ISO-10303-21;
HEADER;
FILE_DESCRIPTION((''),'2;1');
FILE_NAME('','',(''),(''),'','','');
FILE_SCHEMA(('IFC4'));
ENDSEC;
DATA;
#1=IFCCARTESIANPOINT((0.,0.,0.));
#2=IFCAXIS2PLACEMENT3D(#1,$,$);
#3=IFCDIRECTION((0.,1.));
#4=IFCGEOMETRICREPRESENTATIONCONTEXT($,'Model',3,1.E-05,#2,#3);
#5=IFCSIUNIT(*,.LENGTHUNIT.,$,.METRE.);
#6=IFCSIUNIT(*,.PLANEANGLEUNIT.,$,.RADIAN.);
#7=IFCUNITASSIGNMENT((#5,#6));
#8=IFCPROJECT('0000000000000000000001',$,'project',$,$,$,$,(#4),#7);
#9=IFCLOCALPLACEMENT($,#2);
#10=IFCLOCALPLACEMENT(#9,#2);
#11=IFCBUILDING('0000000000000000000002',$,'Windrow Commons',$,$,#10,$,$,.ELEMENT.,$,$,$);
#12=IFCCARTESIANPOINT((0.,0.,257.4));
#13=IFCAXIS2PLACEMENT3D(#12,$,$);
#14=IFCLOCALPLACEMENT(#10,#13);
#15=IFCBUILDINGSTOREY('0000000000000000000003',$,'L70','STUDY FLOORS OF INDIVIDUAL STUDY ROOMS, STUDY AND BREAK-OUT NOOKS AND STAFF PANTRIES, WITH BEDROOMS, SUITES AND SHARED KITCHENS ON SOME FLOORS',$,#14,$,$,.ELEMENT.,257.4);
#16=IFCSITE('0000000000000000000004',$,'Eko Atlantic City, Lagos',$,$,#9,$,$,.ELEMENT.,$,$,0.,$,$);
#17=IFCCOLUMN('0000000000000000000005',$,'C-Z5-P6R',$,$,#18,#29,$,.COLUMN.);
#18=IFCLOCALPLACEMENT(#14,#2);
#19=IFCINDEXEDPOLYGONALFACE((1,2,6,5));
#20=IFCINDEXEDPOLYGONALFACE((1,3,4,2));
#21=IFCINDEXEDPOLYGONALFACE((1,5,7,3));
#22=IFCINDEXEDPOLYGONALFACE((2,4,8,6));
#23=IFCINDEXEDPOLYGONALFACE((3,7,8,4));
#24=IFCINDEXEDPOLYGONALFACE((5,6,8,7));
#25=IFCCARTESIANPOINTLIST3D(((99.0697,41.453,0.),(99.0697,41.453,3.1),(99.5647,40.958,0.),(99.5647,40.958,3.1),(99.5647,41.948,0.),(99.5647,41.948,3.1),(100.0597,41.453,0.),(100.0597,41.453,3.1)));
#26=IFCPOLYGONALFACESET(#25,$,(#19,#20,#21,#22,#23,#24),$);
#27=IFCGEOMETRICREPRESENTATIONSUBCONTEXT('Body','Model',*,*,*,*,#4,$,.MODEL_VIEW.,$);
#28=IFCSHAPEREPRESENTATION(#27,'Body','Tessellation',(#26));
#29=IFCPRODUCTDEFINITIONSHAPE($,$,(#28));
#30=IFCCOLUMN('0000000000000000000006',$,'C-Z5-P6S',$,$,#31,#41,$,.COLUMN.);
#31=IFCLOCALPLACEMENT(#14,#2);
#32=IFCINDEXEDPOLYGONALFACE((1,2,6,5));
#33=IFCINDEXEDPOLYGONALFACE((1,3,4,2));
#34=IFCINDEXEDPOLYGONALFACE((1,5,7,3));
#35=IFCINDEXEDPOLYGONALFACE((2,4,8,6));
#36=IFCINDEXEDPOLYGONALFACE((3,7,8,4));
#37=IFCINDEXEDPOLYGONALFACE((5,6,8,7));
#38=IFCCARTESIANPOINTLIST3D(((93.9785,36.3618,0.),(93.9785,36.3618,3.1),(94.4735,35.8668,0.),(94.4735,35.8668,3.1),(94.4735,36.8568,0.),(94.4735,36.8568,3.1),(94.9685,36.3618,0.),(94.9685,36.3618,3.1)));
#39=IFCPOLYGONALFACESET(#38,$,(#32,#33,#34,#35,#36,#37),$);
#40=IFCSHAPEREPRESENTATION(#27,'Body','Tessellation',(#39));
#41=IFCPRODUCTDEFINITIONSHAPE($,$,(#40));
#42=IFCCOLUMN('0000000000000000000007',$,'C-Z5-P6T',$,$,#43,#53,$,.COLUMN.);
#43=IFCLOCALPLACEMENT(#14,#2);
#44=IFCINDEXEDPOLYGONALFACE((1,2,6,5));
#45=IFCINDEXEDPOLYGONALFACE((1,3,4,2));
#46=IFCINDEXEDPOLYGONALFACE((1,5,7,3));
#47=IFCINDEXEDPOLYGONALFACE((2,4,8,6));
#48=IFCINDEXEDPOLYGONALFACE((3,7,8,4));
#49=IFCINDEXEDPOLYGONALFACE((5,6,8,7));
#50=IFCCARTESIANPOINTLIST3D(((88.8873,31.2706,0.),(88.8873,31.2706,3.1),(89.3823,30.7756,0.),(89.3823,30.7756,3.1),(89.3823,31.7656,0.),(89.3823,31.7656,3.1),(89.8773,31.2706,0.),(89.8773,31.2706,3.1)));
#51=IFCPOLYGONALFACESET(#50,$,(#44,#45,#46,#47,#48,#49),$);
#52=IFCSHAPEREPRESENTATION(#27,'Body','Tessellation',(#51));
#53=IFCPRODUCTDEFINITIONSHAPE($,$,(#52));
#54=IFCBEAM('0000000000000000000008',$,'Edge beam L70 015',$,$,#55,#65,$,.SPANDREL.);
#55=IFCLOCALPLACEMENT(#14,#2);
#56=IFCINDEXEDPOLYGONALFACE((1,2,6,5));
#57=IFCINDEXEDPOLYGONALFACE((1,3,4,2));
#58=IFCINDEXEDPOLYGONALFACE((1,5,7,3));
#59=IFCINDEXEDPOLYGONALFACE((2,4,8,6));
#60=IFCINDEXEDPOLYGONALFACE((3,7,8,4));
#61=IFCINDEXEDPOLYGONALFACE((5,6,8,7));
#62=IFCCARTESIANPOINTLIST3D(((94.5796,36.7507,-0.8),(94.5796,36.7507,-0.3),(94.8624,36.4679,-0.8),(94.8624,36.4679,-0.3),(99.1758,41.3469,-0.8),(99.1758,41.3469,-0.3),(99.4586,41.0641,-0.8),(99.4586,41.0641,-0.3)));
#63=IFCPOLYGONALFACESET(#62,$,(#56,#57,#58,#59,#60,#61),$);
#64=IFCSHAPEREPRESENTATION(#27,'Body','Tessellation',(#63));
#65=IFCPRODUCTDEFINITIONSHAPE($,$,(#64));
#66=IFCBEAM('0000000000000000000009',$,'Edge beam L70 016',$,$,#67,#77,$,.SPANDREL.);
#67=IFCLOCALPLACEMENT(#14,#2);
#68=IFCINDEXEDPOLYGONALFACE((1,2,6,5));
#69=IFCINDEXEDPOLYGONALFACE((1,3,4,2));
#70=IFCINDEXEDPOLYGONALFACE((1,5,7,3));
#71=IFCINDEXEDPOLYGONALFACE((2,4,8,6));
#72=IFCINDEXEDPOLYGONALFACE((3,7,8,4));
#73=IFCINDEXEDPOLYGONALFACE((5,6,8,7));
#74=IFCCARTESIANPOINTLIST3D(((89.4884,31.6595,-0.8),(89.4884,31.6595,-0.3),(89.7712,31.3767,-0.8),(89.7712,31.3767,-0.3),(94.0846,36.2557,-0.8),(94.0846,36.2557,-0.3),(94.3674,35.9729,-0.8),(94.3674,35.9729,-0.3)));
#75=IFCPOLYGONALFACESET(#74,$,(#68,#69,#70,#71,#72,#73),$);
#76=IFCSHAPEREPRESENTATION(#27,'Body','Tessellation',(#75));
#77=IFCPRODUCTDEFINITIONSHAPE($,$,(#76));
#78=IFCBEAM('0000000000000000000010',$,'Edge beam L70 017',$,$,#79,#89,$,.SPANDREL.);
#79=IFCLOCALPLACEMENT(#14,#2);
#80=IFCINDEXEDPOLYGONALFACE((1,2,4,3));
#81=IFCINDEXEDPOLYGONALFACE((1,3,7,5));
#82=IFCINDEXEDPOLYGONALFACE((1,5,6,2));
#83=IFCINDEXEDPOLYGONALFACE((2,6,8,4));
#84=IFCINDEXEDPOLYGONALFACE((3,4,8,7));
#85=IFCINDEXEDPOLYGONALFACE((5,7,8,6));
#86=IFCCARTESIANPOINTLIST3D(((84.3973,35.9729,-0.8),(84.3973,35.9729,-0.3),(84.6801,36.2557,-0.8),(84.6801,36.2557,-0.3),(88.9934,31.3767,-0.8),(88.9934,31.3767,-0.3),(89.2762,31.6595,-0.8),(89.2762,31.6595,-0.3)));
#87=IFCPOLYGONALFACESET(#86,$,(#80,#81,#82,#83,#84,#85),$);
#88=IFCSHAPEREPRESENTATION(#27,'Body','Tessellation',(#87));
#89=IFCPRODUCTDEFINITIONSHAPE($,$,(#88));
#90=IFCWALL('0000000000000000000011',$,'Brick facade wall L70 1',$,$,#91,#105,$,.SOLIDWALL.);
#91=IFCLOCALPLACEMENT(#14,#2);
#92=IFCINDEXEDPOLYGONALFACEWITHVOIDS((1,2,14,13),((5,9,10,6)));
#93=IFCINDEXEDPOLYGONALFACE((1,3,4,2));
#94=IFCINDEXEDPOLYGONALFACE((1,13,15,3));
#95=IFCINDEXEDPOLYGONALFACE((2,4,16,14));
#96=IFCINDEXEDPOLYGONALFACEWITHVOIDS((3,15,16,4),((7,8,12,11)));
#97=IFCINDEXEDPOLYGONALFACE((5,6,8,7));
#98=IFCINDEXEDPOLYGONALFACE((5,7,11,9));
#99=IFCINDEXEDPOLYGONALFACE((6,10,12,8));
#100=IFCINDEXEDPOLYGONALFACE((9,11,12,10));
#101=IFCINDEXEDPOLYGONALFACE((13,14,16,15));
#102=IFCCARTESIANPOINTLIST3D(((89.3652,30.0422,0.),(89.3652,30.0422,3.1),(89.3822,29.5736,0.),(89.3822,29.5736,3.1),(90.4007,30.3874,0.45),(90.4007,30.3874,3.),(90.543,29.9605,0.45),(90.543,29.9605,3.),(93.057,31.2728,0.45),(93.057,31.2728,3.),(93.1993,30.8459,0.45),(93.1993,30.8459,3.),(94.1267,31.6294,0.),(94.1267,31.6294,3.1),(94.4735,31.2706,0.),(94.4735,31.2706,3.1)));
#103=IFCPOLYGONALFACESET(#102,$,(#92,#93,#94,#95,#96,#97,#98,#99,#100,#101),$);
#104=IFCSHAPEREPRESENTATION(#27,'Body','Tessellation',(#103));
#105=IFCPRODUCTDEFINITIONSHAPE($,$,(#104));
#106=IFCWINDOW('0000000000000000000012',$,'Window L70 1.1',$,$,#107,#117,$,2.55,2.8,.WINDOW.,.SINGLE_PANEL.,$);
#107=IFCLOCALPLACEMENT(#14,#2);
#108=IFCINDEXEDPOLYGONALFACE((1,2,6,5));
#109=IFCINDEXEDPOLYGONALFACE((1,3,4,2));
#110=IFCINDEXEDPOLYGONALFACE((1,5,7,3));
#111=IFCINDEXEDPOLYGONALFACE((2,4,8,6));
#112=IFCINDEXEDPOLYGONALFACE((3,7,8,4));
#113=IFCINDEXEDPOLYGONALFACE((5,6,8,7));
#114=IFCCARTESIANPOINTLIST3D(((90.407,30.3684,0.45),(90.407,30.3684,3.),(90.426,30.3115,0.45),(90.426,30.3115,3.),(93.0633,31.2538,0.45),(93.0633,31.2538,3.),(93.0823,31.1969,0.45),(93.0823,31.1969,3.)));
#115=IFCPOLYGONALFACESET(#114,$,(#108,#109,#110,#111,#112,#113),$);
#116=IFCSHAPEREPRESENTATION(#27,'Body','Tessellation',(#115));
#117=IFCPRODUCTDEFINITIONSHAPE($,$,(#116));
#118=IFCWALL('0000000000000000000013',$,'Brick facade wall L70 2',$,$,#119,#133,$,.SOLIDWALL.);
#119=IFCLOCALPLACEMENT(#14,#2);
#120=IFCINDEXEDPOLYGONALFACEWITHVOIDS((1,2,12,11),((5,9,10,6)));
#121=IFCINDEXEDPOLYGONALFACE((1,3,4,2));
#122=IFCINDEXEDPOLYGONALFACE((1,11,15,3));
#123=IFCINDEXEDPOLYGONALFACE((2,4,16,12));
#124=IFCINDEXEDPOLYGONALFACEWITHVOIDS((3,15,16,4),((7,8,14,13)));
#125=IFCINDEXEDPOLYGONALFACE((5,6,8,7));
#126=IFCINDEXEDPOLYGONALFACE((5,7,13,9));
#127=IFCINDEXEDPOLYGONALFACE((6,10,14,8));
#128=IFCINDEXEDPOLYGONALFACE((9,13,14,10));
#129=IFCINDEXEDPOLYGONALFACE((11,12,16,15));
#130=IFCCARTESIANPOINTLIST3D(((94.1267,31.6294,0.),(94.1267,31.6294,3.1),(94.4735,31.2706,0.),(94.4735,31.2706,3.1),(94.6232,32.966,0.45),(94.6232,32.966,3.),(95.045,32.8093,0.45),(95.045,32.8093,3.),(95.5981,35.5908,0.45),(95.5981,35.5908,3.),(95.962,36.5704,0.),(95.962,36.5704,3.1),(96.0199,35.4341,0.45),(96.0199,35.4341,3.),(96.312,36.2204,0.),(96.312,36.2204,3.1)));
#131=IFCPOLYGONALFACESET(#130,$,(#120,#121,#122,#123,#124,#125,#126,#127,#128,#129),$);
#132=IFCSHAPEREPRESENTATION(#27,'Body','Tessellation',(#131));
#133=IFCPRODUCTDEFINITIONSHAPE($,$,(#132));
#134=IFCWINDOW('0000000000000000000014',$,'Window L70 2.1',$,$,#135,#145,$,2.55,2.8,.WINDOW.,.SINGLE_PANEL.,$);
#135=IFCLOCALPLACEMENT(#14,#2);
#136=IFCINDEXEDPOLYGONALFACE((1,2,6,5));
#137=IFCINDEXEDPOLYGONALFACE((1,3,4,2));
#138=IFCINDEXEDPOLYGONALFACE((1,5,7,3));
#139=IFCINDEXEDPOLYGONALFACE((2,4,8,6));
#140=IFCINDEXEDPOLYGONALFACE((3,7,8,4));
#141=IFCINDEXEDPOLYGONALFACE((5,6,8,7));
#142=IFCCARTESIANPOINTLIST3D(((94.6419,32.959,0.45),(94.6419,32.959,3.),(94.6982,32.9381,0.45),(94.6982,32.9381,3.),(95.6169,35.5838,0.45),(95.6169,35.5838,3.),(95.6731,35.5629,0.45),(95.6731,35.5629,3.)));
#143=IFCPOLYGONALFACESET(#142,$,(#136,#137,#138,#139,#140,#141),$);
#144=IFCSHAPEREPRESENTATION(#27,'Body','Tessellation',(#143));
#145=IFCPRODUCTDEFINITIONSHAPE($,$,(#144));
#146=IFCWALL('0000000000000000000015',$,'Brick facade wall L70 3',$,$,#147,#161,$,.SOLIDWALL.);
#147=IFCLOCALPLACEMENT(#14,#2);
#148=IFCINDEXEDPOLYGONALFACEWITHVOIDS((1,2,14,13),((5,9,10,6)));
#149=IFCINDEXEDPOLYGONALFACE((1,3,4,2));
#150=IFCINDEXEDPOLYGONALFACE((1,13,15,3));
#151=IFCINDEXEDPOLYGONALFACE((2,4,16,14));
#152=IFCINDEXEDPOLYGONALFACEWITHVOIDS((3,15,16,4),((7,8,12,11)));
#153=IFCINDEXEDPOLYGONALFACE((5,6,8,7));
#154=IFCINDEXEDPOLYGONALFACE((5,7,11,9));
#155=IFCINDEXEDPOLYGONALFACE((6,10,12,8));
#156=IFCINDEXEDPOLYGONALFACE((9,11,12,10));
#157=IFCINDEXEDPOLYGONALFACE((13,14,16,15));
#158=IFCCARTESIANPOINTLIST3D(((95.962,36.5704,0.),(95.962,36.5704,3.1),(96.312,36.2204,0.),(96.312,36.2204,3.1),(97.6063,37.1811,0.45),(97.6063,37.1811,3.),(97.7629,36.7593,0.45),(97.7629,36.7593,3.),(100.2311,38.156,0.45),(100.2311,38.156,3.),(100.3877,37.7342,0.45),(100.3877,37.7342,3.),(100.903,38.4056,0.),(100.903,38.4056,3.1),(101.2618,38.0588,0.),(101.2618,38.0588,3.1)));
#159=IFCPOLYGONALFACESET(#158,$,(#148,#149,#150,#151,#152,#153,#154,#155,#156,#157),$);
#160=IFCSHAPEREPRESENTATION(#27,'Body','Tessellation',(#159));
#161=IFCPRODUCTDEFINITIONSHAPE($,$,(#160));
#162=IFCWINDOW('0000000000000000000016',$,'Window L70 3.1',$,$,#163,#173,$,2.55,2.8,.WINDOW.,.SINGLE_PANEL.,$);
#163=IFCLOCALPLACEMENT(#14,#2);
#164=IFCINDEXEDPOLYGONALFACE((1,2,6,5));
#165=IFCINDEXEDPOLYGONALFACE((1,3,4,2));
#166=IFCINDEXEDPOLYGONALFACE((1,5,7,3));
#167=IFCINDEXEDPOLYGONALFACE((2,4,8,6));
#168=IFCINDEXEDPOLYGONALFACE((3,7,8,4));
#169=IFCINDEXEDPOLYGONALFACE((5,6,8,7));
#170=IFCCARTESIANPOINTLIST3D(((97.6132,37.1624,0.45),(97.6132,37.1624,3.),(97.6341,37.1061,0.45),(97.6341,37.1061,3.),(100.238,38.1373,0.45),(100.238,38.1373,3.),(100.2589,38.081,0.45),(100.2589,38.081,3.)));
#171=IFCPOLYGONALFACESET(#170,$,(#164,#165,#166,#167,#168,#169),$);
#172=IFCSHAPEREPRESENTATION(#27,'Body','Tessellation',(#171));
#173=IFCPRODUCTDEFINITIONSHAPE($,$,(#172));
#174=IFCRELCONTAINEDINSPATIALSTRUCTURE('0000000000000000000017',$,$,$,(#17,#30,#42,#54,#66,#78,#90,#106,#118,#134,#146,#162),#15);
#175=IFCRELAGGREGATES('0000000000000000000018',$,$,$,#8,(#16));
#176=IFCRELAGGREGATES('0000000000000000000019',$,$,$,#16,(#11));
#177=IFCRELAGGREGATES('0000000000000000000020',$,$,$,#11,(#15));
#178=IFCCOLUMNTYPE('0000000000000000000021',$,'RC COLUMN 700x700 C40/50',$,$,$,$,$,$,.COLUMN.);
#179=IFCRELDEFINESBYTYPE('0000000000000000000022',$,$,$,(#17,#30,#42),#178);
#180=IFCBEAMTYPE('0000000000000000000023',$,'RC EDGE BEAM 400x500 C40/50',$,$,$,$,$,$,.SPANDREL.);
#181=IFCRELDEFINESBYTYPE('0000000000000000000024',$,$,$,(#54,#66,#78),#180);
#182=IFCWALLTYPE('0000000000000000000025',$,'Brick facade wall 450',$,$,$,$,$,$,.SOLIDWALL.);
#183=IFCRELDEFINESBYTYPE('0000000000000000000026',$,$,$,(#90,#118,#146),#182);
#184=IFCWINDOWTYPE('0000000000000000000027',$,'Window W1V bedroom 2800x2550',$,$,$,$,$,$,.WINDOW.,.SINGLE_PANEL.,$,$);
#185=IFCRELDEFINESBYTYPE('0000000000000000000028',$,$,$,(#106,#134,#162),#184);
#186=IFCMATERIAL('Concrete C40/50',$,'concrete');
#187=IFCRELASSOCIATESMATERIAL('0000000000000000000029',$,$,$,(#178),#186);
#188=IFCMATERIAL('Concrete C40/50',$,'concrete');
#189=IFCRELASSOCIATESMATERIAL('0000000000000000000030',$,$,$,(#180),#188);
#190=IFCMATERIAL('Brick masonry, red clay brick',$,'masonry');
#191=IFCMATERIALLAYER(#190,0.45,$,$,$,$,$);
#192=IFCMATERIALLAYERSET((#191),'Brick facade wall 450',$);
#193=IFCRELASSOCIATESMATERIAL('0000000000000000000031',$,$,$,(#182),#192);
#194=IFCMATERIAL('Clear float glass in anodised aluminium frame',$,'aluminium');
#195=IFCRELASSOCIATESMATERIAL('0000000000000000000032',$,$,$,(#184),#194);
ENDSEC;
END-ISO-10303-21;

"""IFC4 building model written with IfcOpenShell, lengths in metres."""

from ifc_helpers import new_model, si_unit, direction, frame, frame_2d, origin, origin_2d, place, context, subcontext, project, spatial, polyline, rectangle, outline, extrude, material, layer, layer_set, material_profile, profile_set, type_object, element, fill, save


model = new_model("IFC4")

# Units and contexts
model_context = context("Model", 3, precision=1e-05, world=origin(), true_north=direction((0.0, 1.0)))
body_context = subcontext(model_context, "Body", "Model", "MODEL_VIEW")
ifc_project = project(units=[si_unit("LENGTHUNIT", "METRE"), si_unit("PLANEANGLEUNIT", "RADIAN")], contexts=[model_context])

# Site, building, storey
site_placement = place(None, origin())
site = spatial("IfcSite", under=ifc_project, at=site_placement, Name="Eko Atlantic City, Lagos", CompositionType="ELEMENT", RefElevation=0.0)
building_placement = place(site_placement, origin())
building = spatial("IfcBuilding", under=site, at=building_placement, Name="Windrow Commons", CompositionType="ELEMENT")
storey_placement = place(building_placement, frame((0.0, 0.0, 257.4)))
storey = spatial("IfcBuildingStorey", under=building, at=storey_placement, Name="L70", Description="STUDY FLOORS OF INDIVIDUAL STUDY ROOMS, STUDY AND BREAK-OUT NOOKS AND STAFF PANTRIES, WITH BEDROOMS, SUITES AND SHARED KITCHENS ON SOME FLOORS", CompositionType="ELEMENT", Elevation=257.4)

# Columns
ifc_material_1 = material(Name="Concrete C40/50", Category="concrete")
ifc_material_profile_1 = material_profile(ifc_material_1, rectangle(XDim=0.7, YDim=0.7, at=origin_2d()))
ifc_profile_set_1 = profile_set([ifc_material_profile_1], Name="Concrete C40/50")
column_type = type_object("IfcColumnType", Name="RC COLUMN 700x700 C40/50", PredefinedType="COLUMN", material=ifc_profile_set_1)
for number, where, z_axis, x_axis, name in (
    (1, (99.5647, 41.453, 0.0), (0.0, 0.0, 1.0), (0.707107, -0.707107, 0.0), "C-Z5-P6R"),
    (2, (94.4735, 36.3618, 0.0), (0.0, 0.0, 1.0), (0.707107, -0.707107, 0.0), "C-Z5-P6S"),
    (3, (89.3823, 31.2706, 0.0), (0.0, 0.0, 1.0), (0.707107, -0.707107, 0.0), "C-Z5-P6T"),
):
    element("IfcColumn", number, at=place(storey_placement, frame(where, z_axis=z_axis, x_axis=x_axis)), inside=storey, type_object=column_type, Name=name, PredefinedType="COLUMN", context=body_context, shape_type="SweptSolid", body=[
        extrude(rectangle(XDim=0.7, YDim=0.7, at=origin_2d()), origin(), (0.0, 0.0, 1.0), 3.1),
    ])

# Beams
ifc_material_2 = material(Name="Concrete C40/50", Category="concrete")
ifc_material_profile_2 = material_profile(ifc_material_2, rectangle(XDim=0.4, YDim=0.5, at=origin_2d()))
ifc_profile_set_2 = profile_set([ifc_material_profile_2], Name="Concrete C40/50")
beam_type = type_object("IfcBeamType", Name="RC EDGE BEAM 400x500 C40/50", PredefinedType="SPANDREL", material=ifc_profile_set_2)
for number, where, z_axis, x_axis, name in (
    (4, (99.3172, 41.2055, -0.55), (-0.707107, -0.707107, 0.0), (0.707107, -0.707107, 0.0), "Edge beam L70 015"),
    (5, (94.226, 36.1143, -0.55), (-0.707107, -0.707107, 0.0), (0.707107, -0.707107, 0.0), "Edge beam L70 016"),
):
    element("IfcBeam", number, at=place(storey_placement, frame(where, z_axis=z_axis, x_axis=x_axis)), inside=storey, type_object=beam_type, Name=name, PredefinedType="SPANDREL", context=body_context, shape_type="SweptSolid", body=[
        extrude(rectangle(XDim=0.4, YDim=0.5, at=origin_2d()), origin(), (0.0, 0.0, 1.0), 6.5),
    ])
beam_placement = place(storey_placement, frame((89.1348, 31.5181, -0.55), z_axis=(-0.707099, 0.707114, 0.0), x_axis=(-0.707114, -0.707099, 0.0)))
element("IfcBeam", 6, at=beam_placement, inside=storey, type_object=beam_type, Name="Edge beam L70 017", PredefinedType="SPANDREL", context=body_context, shape_type="SweptSolid", body=[
    extrude(rectangle(XDim=0.4, YDim=0.5, at=origin_2d()), origin(), (0.0, 0.0, 1.0), 6.4999),
])

# Walls, openings, windows
ifc_material_3 = material(Name="Brick masonry, red clay brick", Category="masonry")
ifc_layer_1 = layer(ifc_material_3, 0.45)
ifc_layer_set_1 = layer_set([ifc_layer_1], Name="Brick facade wall 450")
wall_type_1 = type_object("IfcWallType", Name="Brick facade wall 450", PredefinedType="SOLIDWALL", material=ifc_layer_set_1)
wall_1_placement = place(storey_placement, frame((89.3737, 29.8079, 0.0), z_axis=(0.0, 0.0, 1.0), x_axis=(0.948685, 0.316222, 0.0)))
wall_1 = element("IfcWall", 7, at=wall_1_placement, inside=storey, type_object=wall_type_1, Name="Brick facade wall L70 1", PredefinedType="SOLIDWALL", context=body_context, shape_type="SweptSolid", body=[
    extrude(outline(polyline([(-0.066, -0.225), (5.3006, -0.225), (5.0851, 0.225), (0.066, 0.225), (-0.066, -0.225)])), origin(), (0.0, 0.0, 1.0), 3.1),
])
opening_1_placement = place(wall_1_placement, frame((1.1575, 0.0, 0.45)))
opening_1 = element("IfcOpeningElement", 8, at=opening_1_placement, cuts=wall_1, PredefinedType="OPENING", context=body_context, shape_type="SweptSolid", body=[
    extrude(rectangle(XDim=2.8, YDim=2.55, at=frame_2d((1.4, 1.275))), frame((0.0, 0.235, 0.0), z_axis=(0.0, -1.0, 0.0), x_axis=(1.0, 0.0, 0.0)), (0.0, 0.0, 1.0), 0.47),
])
ifc_material_4 = material(Name="Clear float glass in anodised aluminium frame", Category="aluminium")
window_type_1 = type_object("IfcWindowType", Name="Window W1V bedroom 2800x2550", PartitioningType="SINGLE_PANEL", PredefinedType="WINDOW", material=ifc_material_4)
window_1_placement = place(opening_1_placement, origin())
window_1 = element("IfcWindow", 9, at=window_1_placement, inside=storey, type_object=window_type_1, Name="Window L70 1.1", OverallHeight=2.55, OverallWidth=2.8, PartitioningType="SINGLE_PANEL", PredefinedType="WINDOW", context=body_context, shape_type="SweptSolid", body=[
    extrude(rectangle(XDim=2.8, YDim=2.55, at=frame_2d((1.4, 1.275))), frame((0.0, 0.205, 0.0), z_axis=(0.0, -1.0, 0.0), x_axis=(1.0, 0.0, 0.0)), (0.0, 0.0, 1.0), 0.06),
])
fill(opening_1, window_1)
wall_2_placement = place(storey_placement, frame((94.3001, 31.45, 0.0), z_axis=(0.0, 0.0, 1.0), x_axis=(0.348193, 0.937423, 0.0)))
wall_2 = element("IfcWall", 10, at=wall_2_placement, inside=storey, type_object=wall_type_1, Name="Brick facade wall L70 2", PredefinedType="SOLIDWALL", context=body_context, shape_type="SweptSolid", body=[
    extrude(outline(polyline([(-0.1078, -0.225), (5.1724, -0.225), (5.3786, 0.225), (0.1078, 0.225), (-0.1078, -0.225)])), origin(), (0.0, 0.0, 1.0), 3.1),
])
opening_2_placement = place(wall_2_placement, frame((1.5336, 0.0, 0.45)))
opening_2 = element("IfcOpeningElement", 11, at=opening_2_placement, cuts=wall_2, PredefinedType="OPENING", context=body_context, shape_type="SweptSolid", body=[
    extrude(rectangle(XDim=2.8, YDim=2.55, at=frame_2d((1.4, 1.275))), frame((0.0, 0.235, 0.0), z_axis=(0.0, -1.0, 0.0), x_axis=(1.0, 0.0, 0.0)), (0.0, 0.0, 1.0), 0.47),
])
window_2_placement = place(opening_2_placement, origin())
window_2 = element("IfcWindow", 12, at=window_2_placement, inside=storey, type_object=window_type_1, Name="Window L70 2.1", OverallHeight=2.55, OverallWidth=2.8, PartitioningType="SINGLE_PANEL", PredefinedType="WINDOW", context=body_context, shape_type="SweptSolid", body=[
    extrude(rectangle(XDim=2.8, YDim=2.55, at=frame_2d((1.4, 1.275))), frame((0.0, 0.205, 0.0), z_axis=(0.0, -1.0, 0.0), x_axis=(1.0, 0.0, 0.0)), (0.0, 0.0, 1.0), 0.06),
])
fill(opening_2, window_2)
wall_3_placement = place(storey_placement, frame((96.137, 36.3954, 0.0), z_axis=(0.0, 0.0, 1.0), x_axis=(0.937429, 0.348176, 0.0)))
wall_3 = element("IfcWall", 13, at=wall_3_placement, inside=storey, type_object=wall_type_1, Name="Brick facade wall L70 3", PredefinedType="SOLIDWALL", context=body_context, shape_type="SweptSolid", body=[
    extrude(outline(polyline([(0.1031, -0.225), (5.3833, -0.225), (5.1677, 0.225), (-0.1031, 0.225), (0.1031, -0.225)])), origin(), (0.0, 0.0, 1.0), 3.1),
])
opening_3_placement = place(wall_3_placement, frame((1.6509, 0.0, 0.45)))
opening_3 = element("IfcOpeningElement", 14, at=opening_3_placement, cuts=wall_3, PredefinedType="OPENING", context=body_context, shape_type="SweptSolid", body=[
    extrude(rectangle(XDim=2.8, YDim=2.55, at=frame_2d((1.4, 1.275))), frame((0.0, 0.235, 0.0), z_axis=(0.0, -1.0, 0.0), x_axis=(1.0, 0.0, 0.0)), (0.0, 0.0, 1.0), 0.47),
])
window_3_placement = place(opening_3_placement, origin())
window_3 = element("IfcWindow", 15, at=window_3_placement, inside=storey, type_object=window_type_1, Name="Window L70 3.1", OverallHeight=2.55, OverallWidth=2.8, PartitioningType="SINGLE_PANEL", PredefinedType="WINDOW", context=body_context, shape_type="SweptSolid", body=[
    extrude(rectangle(XDim=2.8, YDim=2.55, at=frame_2d((1.4, 1.275))), frame((0.0, 0.205, 0.0), z_axis=(0.0, -1.0, 0.0), x_axis=(1.0, 0.0, 0.0)), (0.0, 0.0, 1.0), 0.06),
])
fill(opening_3, window_3)

save(model, "model.ifc")
